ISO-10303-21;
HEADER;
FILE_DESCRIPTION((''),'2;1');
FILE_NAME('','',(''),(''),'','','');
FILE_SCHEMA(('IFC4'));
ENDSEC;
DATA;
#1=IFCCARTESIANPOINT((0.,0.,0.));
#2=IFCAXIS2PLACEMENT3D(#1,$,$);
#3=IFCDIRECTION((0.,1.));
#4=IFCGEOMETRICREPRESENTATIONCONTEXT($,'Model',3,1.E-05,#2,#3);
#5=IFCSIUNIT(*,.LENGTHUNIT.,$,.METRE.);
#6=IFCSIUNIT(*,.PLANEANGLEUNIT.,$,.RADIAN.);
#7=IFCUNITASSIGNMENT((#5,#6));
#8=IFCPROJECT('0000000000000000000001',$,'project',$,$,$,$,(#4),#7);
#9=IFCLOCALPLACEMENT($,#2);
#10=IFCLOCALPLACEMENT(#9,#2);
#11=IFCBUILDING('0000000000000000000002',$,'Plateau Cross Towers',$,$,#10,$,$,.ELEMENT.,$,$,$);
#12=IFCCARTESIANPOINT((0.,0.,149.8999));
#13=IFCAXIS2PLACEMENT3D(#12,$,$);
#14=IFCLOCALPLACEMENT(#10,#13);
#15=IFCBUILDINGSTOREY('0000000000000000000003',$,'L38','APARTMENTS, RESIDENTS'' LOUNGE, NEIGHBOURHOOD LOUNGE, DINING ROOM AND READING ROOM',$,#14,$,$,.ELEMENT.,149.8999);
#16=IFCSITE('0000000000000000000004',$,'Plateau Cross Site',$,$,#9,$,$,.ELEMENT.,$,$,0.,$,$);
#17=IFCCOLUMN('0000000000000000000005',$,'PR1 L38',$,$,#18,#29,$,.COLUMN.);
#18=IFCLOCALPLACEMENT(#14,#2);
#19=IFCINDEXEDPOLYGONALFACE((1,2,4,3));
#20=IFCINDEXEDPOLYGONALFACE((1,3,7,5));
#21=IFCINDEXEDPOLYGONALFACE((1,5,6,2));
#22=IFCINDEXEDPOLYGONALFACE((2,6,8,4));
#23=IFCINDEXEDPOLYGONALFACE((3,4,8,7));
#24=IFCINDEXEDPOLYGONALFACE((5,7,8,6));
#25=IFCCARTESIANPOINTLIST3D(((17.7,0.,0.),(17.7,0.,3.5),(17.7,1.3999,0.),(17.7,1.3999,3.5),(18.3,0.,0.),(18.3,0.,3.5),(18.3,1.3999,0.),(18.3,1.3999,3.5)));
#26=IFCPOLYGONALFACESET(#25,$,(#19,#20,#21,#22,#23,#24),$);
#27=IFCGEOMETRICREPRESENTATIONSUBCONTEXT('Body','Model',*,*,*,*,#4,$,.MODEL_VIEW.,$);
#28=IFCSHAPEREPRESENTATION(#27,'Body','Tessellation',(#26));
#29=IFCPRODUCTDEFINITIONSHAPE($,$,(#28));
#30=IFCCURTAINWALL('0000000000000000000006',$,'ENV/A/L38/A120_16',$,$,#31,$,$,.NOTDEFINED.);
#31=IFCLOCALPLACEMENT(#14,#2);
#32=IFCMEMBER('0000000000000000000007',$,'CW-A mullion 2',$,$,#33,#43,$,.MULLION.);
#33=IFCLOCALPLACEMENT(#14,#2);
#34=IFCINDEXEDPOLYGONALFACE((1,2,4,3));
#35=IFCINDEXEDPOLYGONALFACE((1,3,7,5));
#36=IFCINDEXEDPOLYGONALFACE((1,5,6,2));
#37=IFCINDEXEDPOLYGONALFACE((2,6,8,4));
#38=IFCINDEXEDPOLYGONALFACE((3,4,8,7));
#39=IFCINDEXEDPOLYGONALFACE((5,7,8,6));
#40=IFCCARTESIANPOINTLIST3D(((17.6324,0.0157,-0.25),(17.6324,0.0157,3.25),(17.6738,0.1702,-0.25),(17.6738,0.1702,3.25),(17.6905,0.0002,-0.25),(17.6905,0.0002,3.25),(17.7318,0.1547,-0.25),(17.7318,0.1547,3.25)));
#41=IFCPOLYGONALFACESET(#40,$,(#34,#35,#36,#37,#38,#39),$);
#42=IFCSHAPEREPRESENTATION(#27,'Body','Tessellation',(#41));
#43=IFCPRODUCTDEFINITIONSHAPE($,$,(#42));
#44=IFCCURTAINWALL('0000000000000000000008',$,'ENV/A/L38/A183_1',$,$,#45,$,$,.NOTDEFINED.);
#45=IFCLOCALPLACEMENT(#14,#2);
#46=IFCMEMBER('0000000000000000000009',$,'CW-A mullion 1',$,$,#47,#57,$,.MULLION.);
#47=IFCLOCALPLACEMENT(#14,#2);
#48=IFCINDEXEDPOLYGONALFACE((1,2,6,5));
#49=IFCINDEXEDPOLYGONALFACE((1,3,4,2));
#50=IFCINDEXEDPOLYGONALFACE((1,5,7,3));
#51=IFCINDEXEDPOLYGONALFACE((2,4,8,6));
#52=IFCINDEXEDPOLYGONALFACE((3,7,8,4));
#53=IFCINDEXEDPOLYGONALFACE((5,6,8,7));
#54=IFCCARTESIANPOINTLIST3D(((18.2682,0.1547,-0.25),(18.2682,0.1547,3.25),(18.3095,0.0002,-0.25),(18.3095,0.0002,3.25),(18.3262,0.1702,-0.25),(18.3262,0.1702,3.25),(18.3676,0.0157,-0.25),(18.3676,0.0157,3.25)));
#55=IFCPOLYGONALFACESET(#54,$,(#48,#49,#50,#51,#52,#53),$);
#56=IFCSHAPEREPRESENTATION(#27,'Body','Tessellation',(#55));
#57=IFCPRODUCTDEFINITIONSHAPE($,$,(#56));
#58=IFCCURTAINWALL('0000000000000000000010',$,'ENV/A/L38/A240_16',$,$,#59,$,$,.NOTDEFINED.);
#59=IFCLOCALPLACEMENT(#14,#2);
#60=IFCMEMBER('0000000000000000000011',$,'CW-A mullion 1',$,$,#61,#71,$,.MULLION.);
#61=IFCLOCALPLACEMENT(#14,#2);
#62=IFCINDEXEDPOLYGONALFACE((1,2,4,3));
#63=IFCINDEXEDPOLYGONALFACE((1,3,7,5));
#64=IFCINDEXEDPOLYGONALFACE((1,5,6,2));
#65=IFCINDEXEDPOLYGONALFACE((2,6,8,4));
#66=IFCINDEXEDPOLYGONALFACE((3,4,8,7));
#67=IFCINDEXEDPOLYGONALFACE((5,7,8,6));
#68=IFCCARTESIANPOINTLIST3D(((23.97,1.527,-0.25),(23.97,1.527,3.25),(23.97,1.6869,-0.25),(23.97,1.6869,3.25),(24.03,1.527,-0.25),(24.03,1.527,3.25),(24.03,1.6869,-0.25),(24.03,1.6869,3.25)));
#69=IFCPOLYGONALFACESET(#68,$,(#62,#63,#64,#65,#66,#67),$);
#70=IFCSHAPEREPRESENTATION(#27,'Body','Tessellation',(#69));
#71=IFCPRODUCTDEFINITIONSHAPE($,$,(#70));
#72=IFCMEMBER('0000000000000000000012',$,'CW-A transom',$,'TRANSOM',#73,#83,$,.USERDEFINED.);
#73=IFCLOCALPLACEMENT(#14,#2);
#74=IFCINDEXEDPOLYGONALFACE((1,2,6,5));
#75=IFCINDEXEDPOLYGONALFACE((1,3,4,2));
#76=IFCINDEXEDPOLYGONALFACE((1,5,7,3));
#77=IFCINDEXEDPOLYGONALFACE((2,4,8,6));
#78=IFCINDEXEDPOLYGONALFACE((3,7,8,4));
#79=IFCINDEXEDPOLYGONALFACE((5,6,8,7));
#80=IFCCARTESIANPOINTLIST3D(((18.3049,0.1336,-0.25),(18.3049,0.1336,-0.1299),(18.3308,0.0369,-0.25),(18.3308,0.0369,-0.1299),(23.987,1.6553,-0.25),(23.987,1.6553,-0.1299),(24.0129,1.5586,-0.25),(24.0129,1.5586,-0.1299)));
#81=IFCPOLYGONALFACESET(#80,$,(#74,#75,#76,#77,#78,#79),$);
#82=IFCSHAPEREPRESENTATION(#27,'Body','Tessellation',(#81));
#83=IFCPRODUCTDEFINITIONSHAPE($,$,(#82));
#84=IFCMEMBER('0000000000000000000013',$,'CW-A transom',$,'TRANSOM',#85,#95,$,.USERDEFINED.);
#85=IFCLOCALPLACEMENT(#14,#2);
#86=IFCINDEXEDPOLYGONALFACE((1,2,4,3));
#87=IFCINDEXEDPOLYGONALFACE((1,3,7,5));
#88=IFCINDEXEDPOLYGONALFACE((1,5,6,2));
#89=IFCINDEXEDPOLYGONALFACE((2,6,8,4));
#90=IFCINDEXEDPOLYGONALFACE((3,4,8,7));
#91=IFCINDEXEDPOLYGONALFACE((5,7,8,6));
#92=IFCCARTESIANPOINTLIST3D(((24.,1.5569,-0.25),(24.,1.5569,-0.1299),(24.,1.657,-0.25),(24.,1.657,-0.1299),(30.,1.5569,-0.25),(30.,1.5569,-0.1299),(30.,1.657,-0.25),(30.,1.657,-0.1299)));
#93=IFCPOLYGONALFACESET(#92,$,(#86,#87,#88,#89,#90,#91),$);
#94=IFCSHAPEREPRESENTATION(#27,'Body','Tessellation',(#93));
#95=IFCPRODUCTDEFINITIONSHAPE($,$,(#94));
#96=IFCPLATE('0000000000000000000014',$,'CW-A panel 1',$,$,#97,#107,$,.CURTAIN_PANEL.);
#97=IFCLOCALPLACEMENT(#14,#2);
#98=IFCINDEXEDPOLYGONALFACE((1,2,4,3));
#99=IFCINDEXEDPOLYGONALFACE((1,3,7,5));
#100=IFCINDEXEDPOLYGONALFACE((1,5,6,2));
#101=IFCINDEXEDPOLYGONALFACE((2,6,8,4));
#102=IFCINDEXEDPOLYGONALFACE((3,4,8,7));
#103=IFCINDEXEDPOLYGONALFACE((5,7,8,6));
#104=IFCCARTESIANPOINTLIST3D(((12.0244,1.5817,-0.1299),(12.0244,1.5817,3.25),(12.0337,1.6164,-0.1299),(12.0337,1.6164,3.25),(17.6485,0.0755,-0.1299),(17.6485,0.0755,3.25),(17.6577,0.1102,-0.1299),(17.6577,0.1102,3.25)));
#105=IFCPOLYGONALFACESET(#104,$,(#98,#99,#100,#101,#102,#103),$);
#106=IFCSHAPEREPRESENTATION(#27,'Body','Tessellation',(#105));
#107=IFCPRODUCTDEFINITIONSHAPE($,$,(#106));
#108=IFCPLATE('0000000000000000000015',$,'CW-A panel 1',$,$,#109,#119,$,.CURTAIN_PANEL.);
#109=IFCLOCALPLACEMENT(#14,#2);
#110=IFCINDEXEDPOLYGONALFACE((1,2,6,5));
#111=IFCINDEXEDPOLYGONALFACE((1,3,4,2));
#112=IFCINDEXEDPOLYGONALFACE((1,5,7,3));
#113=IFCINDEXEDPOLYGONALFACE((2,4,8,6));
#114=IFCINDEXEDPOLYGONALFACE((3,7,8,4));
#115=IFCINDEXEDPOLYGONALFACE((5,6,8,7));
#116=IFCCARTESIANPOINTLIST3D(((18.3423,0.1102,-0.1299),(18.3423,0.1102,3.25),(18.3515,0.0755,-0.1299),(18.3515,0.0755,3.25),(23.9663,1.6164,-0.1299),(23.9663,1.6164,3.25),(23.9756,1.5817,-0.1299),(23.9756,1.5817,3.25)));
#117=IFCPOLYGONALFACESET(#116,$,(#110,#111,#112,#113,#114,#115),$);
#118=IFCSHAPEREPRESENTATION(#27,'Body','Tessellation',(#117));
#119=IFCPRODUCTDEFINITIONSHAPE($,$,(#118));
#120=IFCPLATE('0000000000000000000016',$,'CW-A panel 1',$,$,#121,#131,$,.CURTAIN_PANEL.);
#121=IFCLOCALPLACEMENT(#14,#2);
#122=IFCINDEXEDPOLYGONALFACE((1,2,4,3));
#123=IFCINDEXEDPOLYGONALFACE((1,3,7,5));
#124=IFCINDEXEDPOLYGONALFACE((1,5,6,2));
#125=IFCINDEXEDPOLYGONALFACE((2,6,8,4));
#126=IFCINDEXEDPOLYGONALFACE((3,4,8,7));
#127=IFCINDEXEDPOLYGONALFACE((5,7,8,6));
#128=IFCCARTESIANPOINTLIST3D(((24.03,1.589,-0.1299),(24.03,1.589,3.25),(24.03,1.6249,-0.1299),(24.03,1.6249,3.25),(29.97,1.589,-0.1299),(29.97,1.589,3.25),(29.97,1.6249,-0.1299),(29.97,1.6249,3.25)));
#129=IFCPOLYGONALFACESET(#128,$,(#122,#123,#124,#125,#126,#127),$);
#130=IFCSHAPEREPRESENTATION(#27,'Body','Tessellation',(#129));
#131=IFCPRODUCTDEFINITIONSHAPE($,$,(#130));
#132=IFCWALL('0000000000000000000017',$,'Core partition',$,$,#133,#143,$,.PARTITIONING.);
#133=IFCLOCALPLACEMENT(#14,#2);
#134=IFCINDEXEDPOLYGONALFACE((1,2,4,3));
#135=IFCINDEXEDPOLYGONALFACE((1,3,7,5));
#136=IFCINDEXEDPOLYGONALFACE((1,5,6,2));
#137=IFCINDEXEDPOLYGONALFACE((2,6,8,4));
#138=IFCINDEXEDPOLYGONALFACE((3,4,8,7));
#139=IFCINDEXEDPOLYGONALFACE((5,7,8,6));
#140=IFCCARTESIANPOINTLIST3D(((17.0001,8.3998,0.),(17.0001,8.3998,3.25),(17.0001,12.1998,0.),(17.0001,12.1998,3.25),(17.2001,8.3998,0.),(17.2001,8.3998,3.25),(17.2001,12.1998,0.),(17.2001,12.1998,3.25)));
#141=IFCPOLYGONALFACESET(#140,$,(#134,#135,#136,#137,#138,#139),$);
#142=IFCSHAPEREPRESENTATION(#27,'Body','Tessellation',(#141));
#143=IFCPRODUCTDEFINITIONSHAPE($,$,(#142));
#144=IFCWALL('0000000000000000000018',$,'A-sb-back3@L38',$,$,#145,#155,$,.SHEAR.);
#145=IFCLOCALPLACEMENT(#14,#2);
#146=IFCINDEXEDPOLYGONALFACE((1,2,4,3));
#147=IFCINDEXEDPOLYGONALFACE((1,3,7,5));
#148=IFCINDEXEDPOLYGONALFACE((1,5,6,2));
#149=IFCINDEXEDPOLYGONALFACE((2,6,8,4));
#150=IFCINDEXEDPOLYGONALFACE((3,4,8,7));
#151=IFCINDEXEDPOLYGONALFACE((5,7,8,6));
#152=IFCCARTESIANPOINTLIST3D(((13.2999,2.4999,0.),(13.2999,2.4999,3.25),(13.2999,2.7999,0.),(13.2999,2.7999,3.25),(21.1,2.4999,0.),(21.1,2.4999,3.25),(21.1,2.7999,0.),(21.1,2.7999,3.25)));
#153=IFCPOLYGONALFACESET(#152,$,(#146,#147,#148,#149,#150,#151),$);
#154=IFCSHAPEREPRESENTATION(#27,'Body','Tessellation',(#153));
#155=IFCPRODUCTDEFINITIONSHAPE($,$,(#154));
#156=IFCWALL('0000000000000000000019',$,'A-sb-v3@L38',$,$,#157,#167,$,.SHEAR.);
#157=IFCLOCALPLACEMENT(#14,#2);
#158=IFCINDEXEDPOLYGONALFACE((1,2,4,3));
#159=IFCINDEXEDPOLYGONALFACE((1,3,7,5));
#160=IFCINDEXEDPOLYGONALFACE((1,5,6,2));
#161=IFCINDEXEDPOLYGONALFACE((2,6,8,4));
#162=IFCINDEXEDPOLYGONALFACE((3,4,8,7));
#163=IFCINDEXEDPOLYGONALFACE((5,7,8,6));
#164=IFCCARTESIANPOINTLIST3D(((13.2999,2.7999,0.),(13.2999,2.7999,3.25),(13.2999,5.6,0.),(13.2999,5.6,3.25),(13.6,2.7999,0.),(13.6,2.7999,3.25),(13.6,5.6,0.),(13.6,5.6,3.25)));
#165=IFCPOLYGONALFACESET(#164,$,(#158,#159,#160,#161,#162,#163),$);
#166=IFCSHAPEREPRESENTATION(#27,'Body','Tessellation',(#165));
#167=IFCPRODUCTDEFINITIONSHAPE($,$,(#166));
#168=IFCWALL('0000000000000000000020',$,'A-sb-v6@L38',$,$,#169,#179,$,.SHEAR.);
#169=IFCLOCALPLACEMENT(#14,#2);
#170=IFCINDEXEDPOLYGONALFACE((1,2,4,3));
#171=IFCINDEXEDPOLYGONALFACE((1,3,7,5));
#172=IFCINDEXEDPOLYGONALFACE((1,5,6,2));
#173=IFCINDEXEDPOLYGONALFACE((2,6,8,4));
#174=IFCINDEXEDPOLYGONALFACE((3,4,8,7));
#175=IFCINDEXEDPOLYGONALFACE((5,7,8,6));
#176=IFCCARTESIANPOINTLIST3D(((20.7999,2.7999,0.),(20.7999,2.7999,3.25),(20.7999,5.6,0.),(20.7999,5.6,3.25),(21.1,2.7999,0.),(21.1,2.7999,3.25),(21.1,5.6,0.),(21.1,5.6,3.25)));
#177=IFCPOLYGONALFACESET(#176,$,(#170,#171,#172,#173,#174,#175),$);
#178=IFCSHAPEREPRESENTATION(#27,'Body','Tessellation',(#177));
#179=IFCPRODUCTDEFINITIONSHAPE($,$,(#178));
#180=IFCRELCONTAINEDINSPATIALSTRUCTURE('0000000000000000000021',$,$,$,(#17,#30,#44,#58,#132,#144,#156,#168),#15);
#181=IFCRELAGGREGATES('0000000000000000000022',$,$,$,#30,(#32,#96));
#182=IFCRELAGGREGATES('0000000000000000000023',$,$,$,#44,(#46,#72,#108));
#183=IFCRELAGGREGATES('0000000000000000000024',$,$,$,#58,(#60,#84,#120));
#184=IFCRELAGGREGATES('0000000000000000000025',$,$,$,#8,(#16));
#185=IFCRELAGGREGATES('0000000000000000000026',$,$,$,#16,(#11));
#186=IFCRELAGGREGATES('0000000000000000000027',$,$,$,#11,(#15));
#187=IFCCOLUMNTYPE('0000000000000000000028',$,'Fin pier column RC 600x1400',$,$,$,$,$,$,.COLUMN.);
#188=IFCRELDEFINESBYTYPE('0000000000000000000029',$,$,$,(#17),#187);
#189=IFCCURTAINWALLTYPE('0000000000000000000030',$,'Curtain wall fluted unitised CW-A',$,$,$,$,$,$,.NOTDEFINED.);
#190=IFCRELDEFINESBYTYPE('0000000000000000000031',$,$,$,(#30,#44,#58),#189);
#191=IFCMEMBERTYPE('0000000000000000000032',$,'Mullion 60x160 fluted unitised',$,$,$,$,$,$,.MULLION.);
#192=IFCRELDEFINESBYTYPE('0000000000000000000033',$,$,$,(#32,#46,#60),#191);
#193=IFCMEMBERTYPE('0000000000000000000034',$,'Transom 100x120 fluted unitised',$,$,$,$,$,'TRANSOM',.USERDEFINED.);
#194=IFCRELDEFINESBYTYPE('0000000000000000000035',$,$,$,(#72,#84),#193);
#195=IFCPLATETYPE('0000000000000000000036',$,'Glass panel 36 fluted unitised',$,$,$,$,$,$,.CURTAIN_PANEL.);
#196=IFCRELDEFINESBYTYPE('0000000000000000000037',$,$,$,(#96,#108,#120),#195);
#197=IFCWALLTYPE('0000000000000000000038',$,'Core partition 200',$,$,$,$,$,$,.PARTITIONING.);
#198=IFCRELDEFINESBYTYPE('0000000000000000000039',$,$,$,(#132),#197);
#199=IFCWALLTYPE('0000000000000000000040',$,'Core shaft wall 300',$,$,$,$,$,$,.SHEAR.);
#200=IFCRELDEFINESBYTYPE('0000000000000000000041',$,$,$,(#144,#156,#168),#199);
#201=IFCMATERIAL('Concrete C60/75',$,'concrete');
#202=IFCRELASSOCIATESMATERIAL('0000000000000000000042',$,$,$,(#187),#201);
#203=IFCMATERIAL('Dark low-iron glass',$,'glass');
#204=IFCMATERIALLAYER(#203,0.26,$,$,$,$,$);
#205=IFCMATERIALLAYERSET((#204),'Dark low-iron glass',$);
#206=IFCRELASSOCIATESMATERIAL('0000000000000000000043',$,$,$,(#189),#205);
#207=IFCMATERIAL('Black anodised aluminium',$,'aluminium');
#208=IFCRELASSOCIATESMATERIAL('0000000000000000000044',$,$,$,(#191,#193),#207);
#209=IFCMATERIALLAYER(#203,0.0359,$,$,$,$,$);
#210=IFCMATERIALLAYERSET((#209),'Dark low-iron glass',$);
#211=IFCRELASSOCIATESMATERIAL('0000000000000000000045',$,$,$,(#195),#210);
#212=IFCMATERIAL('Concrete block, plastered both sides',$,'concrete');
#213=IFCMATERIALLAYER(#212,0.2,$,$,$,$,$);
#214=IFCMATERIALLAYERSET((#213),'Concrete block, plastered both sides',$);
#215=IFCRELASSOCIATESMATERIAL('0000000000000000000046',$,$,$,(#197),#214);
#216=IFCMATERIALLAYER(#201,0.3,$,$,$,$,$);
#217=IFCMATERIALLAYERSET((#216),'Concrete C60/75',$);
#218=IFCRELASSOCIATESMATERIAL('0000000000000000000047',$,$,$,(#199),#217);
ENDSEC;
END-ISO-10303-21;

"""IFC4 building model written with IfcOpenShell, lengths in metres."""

from ifc_helpers import new_model, si_unit, direction, frame, frame_2d, origin, origin_2d, place, context, subcontext, project, spatial, rectangle, extrude, material, layer, layer_set, material_profile, profile_set, type_object, element, aggregate, save


model = new_model("IFC4")

# Units and contexts
model_context = context("Model", 3, precision=1e-05, world=origin(), true_north=direction((0.0, 1.0)))
body_context = subcontext(model_context, "Body", "Model", "MODEL_VIEW")
ifc_project = project(units=[si_unit("LENGTHUNIT", "METRE"), si_unit("PLANEANGLEUNIT", "RADIAN")], contexts=[model_context])

# Site, building, storey
site_placement = place(None, origin())
site = spatial("IfcSite", under=ifc_project, at=site_placement, Name="Plateau Cross Site", CompositionType="ELEMENT", RefElevation=0.0)
building_placement = place(site_placement, origin())
building = spatial("IfcBuilding", under=site, at=building_placement, Name="Plateau Cross Towers", CompositionType="ELEMENT")
storey_placement = place(building_placement, frame((0.0, 0.0, 149.8999)))
storey = spatial("IfcBuildingStorey", under=building, at=storey_placement, Name="L38", Description="APARTMENTS, RESIDENTS' LOUNGE, NEIGHBOURHOOD LOUNGE, DINING ROOM AND READING ROOM", CompositionType="ELEMENT", Elevation=149.8999)

# Column
ifc_material_1 = material(Name="Concrete C60/75", Category="concrete")
ifc_material_profile_1 = material_profile(ifc_material_1, rectangle(XDim=0.6001, YDim=1.3999, at=origin_2d()), Name="RC 600x1400")
ifc_profile_set_1 = profile_set([ifc_material_profile_1], Name="Concrete C60/75")
column_type = type_object("IfcColumnType", Name="Fin pier column RC 600x1400", PredefinedType="COLUMN", material=ifc_profile_set_1)
column_placement = place(storey_placement, frame((18.0, 0.7, 0.0), z_axis=(0.0, 0.0, 1.0), x_axis=(1.0, 0.0, 0.0)))
element("IfcColumn", 1, at=column_placement, inside=storey, type_object=column_type, Name="PR1 L38", PredefinedType="COLUMN", context=body_context, shape_type="SweptSolid", body=[
    extrude(rectangle(XDim=0.6001, YDim=1.3999, at=origin_2d()), origin(), (0.0, 0.0, 1.0), 3.5),
])

# Curtain walls, members
ifc_material_2 = material(Name="Dark low-iron glass", Category="glass")
ifc_layer_1 = layer(ifc_material_2, 0.26)
ifc_layer_set_1 = layer_set([ifc_layer_1], Name="Dark low-iron glass")
curtain_wall_type = type_object("IfcCurtainWallType", Name="Curtain wall fluted unitised CW-A", PredefinedType="NOTDEFINED", material=ifc_layer_set_1)
curtain_wall_1_placement = place(storey_placement, origin())
curtain_wall_1 = element("IfcCurtainWall", 2, at=curtain_wall_1_placement, inside=storey, type_object=curtain_wall_type, Name="ENV/A/L38/A120_16", PredefinedType="NOTDEFINED")
ifc_material_3 = material(Name="Black anodised aluminium", Category="aluminium")
ifc_material_profile_2 = material_profile(ifc_material_3, rectangle(XDim=0.0601, YDim=0.1599, at=origin_2d()), Name="MULLION 60x160")
ifc_profile_set_2 = profile_set([ifc_material_profile_2], Name="Black anodised aluminium")
member_type_1 = type_object("IfcMemberType", Name="Mullion 60x160 fluted unitised", PredefinedType="MULLION", material=ifc_profile_set_2)
member_1_placement = place(storey_placement, frame((17.6821, 0.0852, -0.25), z_axis=(0.0, 0.0, 1.0), x_axis=(0.965958, -0.258699, 0.0)))
member_1 = element("IfcMember", 3, at=member_1_placement, type_object=member_type_1, Name="CW-A mullion 2", PredefinedType="MULLION", context=body_context, shape_type="SweptSolid", body=[
    extrude(rectangle(XDim=0.0601, YDim=0.1599, at=origin_2d()), origin(), (0.0, 0.0, 1.0), 3.5),
])
curtain_wall_2_placement = place(storey_placement, origin())
curtain_wall_2 = element("IfcCurtainWall", 4, at=curtain_wall_2_placement, inside=storey, type_object=curtain_wall_type, Name="ENV/A/L38/A183_1", PredefinedType="NOTDEFINED")
member_2_placement = place(storey_placement, frame((18.3179, 0.0852, -0.25), z_axis=(0.0, 0.0, 1.0), x_axis=(0.965958, 0.258699, 0.0)))
member_2 = element("IfcMember", 5, at=member_2_placement, type_object=member_type_1, Name="CW-A mullion 1", PredefinedType="MULLION", context=body_context, shape_type="SweptSolid", body=[
    extrude(rectangle(XDim=0.0601, YDim=0.1599, at=origin_2d()), origin(), (0.0, 0.0, 1.0), 3.5),
])
curtain_wall_3_placement = place(storey_placement, origin())
curtain_wall_3 = element("IfcCurtainWall", 6, at=curtain_wall_3_placement, inside=storey, type_object=curtain_wall_type, Name="ENV/A/L38/A240_16", PredefinedType="NOTDEFINED")
member_3_placement = place(storey_placement, frame((24.0, 1.6069, -0.25), z_axis=(0.0, 0.0, 1.0), x_axis=(1.0, 0.0, 0.0)))
member_3 = element("IfcMember", 7, at=member_3_placement, type_object=member_type_1, Name="CW-A mullion 1", PredefinedType="MULLION", context=body_context, shape_type="SweptSolid", body=[
    extrude(rectangle(XDim=0.0601, YDim=0.1599, at=origin_2d()), origin(), (0.0, 0.0, 1.0), 3.5),
])

# Members
ifc_material_profile_3 = material_profile(ifc_material_3, rectangle(XDim=0.1001, YDim=0.1201, at=origin_2d()), Name="TRANSOM 100x120")
ifc_profile_set_3 = profile_set([ifc_material_profile_3], Name="Black anodised aluminium")
member_type_2 = type_object("IfcMemberType", Name="Transom 100x120 fluted unitised", ElementType="TRANSOM", PredefinedType="USERDEFINED", material=ifc_profile_set_3)
member_4_placement = place(storey_placement, frame((18.3179, 0.0852, -0.1899), z_axis=(0.96596, 0.258693, 0.0), x_axis=(-0.258693, 0.96596, 0.0)))
member_4 = element("IfcMember", 8, at=member_4_placement, type_object=member_type_2, Name="CW-A transom", ObjectType="TRANSOM", PredefinedType="USERDEFINED", context=body_context, shape_type="SweptSolid", body=[
    extrude(rectangle(XDim=0.1001, YDim=0.1201, at=origin_2d()), origin(), (0.0, 0.0, 1.0), 5.8823),
])
member_5_placement = place(storey_placement, frame((24.0, 1.6069, -0.1899), z_axis=(1.0, 0.0, 0.0), x_axis=(0.0, 1.0, 0.0)))
member_5 = element("IfcMember", 9, at=member_5_placement, type_object=member_type_2, Name="CW-A transom", ObjectType="TRANSOM", PredefinedType="USERDEFINED", context=body_context, shape_type="SweptSolid", body=[
    extrude(rectangle(XDim=0.1001, YDim=0.1201, at=origin_2d()), origin(), (0.0, 0.0, 1.0), 6.0),
])

# Plates
ifc_layer_2 = layer(ifc_material_2, 0.0359)
ifc_layer_set_2 = layer_set([ifc_layer_2], Name="Dark low-iron glass")
plate_type = type_object("IfcPlateType", Name="Glass panel 36 fluted unitised", PredefinedType="CURTAIN_PANEL", material=ifc_layer_set_2)
plate_1_placement = place(storey_placement, frame((14.8411, 0.8459, -0.1299), z_axis=(0.0, 0.0, 1.0), x_axis=(0.965958, -0.258699, 0.0)))
plate_1 = element("IfcPlate", 10, at=plate_1_placement, type_object=plate_type, Name="CW-A panel 1", PredefinedType="CURTAIN_PANEL", context=body_context, shape_type="SweptSolid", body=[
    extrude(rectangle(XDim=5.8223, YDim=0.0359, at=origin_2d()), origin(), (0.0, 0.0, 1.0), 3.3799),
])
aggregate(curtain_wall_1, [member_1, plate_1])
plate_2_placement = place(storey_placement, frame((21.1589, 0.8459, -0.1299), z_axis=(0.0, 0.0, 1.0), x_axis=(0.965958, 0.258699, 0.0)))
plate_2 = element("IfcPlate", 11, at=plate_2_placement, type_object=plate_type, Name="CW-A panel 1", PredefinedType="CURTAIN_PANEL", context=body_context, shape_type="SweptSolid", body=[
    extrude(rectangle(XDim=5.8223, YDim=0.0359, at=origin_2d()), origin(), (0.0, 0.0, 1.0), 3.3799),
])
aggregate(curtain_wall_2, [member_2, member_4, plate_2])
plate_3_placement = place(storey_placement, frame((27.0, 1.6069, -0.1299), z_axis=(0.0, 0.0, 1.0), x_axis=(1.0, 0.0, 0.0)))
plate_3 = element("IfcPlate", 12, at=plate_3_placement, type_object=plate_type, Name="CW-A panel 1", PredefinedType="CURTAIN_PANEL", context=body_context, shape_type="SweptSolid", body=[
    extrude(rectangle(XDim=5.9399, YDim=0.0359, at=origin_2d()), origin(), (0.0, 0.0, 1.0), 3.3799),
])
aggregate(curtain_wall_3, [member_3, member_5, plate_3])

# Walls
ifc_material_4 = material(Name="Concrete block, plastered both sides", Category="concrete")
ifc_layer_3 = layer(ifc_material_4, 0.2)
ifc_layer_set_3 = layer_set([ifc_layer_3], Name="Concrete block, plastered both sides")
wall_type_1 = type_object("IfcWallType", Name="Core partition 200", PredefinedType="PARTITIONING", material=ifc_layer_set_3)
wall_1_placement = place(storey_placement, frame((17.1001, 8.3999, 0.0), z_axis=(0.0, 0.0, 1.0), x_axis=(0.0, 1.0, 0.0)))
element("IfcWall", 13, at=wall_1_placement, inside=storey, type_object=wall_type_1, Name="Core partition", PredefinedType="PARTITIONING", context=body_context, shape_type="SweptSolid", body=[
    extrude(rectangle(XDim=3.8, YDim=0.2, at=frame_2d((1.8999, 0.0))), origin(), (0.0, 0.0, 1.0), 3.25),
])
ifc_layer_4 = layer(ifc_material_1, 0.3)
ifc_layer_set_4 = layer_set([ifc_layer_4], Name="Concrete C60/75")
wall_type_2 = type_object("IfcWallType", Name="Core shaft wall 300", PredefinedType="SHEAR", material=ifc_layer_set_4)
wall_2_placement = place(storey_placement, frame((13.3, 2.6499, 0.0), z_axis=(0.0, 0.0, 1.0), x_axis=(1.0, 0.0, 0.0)))
element("IfcWall", 14, at=wall_2_placement, inside=storey, type_object=wall_type_2, Name="A-sb-back3@L38", PredefinedType="SHEAR", context=body_context, shape_type="SweptSolid", body=[
    extrude(rectangle(XDim=7.8, YDim=0.3, at=frame_2d((3.8999, 0.0))), origin(), (0.0, 0.0, 1.0), 3.25),
])
for number, where, z_axis, x_axis, name in (
    (15, (13.45, 2.8, 0.0), (0.0, 0.0, 1.0), (0.0, 1.0, 0.0), "A-sb-v3@L38"),
    (16, (20.95, 2.8, 0.0), (0.0, 0.0, 1.0), (0.0, 1.0, 0.0), "A-sb-v6@L38"),
):
    element("IfcWall", number, at=place(storey_placement, frame(where, z_axis=z_axis, x_axis=x_axis)), inside=storey, type_object=wall_type_2, Name=name, PredefinedType="SHEAR", context=body_context, shape_type="SweptSolid", body=[
        extrude(rectangle(XDim=2.8, YDim=0.3, at=frame_2d((1.3999, 0.0))), origin(), (0.0, 0.0, 1.0), 3.25),
    ])

save(model, "model.ifc")
